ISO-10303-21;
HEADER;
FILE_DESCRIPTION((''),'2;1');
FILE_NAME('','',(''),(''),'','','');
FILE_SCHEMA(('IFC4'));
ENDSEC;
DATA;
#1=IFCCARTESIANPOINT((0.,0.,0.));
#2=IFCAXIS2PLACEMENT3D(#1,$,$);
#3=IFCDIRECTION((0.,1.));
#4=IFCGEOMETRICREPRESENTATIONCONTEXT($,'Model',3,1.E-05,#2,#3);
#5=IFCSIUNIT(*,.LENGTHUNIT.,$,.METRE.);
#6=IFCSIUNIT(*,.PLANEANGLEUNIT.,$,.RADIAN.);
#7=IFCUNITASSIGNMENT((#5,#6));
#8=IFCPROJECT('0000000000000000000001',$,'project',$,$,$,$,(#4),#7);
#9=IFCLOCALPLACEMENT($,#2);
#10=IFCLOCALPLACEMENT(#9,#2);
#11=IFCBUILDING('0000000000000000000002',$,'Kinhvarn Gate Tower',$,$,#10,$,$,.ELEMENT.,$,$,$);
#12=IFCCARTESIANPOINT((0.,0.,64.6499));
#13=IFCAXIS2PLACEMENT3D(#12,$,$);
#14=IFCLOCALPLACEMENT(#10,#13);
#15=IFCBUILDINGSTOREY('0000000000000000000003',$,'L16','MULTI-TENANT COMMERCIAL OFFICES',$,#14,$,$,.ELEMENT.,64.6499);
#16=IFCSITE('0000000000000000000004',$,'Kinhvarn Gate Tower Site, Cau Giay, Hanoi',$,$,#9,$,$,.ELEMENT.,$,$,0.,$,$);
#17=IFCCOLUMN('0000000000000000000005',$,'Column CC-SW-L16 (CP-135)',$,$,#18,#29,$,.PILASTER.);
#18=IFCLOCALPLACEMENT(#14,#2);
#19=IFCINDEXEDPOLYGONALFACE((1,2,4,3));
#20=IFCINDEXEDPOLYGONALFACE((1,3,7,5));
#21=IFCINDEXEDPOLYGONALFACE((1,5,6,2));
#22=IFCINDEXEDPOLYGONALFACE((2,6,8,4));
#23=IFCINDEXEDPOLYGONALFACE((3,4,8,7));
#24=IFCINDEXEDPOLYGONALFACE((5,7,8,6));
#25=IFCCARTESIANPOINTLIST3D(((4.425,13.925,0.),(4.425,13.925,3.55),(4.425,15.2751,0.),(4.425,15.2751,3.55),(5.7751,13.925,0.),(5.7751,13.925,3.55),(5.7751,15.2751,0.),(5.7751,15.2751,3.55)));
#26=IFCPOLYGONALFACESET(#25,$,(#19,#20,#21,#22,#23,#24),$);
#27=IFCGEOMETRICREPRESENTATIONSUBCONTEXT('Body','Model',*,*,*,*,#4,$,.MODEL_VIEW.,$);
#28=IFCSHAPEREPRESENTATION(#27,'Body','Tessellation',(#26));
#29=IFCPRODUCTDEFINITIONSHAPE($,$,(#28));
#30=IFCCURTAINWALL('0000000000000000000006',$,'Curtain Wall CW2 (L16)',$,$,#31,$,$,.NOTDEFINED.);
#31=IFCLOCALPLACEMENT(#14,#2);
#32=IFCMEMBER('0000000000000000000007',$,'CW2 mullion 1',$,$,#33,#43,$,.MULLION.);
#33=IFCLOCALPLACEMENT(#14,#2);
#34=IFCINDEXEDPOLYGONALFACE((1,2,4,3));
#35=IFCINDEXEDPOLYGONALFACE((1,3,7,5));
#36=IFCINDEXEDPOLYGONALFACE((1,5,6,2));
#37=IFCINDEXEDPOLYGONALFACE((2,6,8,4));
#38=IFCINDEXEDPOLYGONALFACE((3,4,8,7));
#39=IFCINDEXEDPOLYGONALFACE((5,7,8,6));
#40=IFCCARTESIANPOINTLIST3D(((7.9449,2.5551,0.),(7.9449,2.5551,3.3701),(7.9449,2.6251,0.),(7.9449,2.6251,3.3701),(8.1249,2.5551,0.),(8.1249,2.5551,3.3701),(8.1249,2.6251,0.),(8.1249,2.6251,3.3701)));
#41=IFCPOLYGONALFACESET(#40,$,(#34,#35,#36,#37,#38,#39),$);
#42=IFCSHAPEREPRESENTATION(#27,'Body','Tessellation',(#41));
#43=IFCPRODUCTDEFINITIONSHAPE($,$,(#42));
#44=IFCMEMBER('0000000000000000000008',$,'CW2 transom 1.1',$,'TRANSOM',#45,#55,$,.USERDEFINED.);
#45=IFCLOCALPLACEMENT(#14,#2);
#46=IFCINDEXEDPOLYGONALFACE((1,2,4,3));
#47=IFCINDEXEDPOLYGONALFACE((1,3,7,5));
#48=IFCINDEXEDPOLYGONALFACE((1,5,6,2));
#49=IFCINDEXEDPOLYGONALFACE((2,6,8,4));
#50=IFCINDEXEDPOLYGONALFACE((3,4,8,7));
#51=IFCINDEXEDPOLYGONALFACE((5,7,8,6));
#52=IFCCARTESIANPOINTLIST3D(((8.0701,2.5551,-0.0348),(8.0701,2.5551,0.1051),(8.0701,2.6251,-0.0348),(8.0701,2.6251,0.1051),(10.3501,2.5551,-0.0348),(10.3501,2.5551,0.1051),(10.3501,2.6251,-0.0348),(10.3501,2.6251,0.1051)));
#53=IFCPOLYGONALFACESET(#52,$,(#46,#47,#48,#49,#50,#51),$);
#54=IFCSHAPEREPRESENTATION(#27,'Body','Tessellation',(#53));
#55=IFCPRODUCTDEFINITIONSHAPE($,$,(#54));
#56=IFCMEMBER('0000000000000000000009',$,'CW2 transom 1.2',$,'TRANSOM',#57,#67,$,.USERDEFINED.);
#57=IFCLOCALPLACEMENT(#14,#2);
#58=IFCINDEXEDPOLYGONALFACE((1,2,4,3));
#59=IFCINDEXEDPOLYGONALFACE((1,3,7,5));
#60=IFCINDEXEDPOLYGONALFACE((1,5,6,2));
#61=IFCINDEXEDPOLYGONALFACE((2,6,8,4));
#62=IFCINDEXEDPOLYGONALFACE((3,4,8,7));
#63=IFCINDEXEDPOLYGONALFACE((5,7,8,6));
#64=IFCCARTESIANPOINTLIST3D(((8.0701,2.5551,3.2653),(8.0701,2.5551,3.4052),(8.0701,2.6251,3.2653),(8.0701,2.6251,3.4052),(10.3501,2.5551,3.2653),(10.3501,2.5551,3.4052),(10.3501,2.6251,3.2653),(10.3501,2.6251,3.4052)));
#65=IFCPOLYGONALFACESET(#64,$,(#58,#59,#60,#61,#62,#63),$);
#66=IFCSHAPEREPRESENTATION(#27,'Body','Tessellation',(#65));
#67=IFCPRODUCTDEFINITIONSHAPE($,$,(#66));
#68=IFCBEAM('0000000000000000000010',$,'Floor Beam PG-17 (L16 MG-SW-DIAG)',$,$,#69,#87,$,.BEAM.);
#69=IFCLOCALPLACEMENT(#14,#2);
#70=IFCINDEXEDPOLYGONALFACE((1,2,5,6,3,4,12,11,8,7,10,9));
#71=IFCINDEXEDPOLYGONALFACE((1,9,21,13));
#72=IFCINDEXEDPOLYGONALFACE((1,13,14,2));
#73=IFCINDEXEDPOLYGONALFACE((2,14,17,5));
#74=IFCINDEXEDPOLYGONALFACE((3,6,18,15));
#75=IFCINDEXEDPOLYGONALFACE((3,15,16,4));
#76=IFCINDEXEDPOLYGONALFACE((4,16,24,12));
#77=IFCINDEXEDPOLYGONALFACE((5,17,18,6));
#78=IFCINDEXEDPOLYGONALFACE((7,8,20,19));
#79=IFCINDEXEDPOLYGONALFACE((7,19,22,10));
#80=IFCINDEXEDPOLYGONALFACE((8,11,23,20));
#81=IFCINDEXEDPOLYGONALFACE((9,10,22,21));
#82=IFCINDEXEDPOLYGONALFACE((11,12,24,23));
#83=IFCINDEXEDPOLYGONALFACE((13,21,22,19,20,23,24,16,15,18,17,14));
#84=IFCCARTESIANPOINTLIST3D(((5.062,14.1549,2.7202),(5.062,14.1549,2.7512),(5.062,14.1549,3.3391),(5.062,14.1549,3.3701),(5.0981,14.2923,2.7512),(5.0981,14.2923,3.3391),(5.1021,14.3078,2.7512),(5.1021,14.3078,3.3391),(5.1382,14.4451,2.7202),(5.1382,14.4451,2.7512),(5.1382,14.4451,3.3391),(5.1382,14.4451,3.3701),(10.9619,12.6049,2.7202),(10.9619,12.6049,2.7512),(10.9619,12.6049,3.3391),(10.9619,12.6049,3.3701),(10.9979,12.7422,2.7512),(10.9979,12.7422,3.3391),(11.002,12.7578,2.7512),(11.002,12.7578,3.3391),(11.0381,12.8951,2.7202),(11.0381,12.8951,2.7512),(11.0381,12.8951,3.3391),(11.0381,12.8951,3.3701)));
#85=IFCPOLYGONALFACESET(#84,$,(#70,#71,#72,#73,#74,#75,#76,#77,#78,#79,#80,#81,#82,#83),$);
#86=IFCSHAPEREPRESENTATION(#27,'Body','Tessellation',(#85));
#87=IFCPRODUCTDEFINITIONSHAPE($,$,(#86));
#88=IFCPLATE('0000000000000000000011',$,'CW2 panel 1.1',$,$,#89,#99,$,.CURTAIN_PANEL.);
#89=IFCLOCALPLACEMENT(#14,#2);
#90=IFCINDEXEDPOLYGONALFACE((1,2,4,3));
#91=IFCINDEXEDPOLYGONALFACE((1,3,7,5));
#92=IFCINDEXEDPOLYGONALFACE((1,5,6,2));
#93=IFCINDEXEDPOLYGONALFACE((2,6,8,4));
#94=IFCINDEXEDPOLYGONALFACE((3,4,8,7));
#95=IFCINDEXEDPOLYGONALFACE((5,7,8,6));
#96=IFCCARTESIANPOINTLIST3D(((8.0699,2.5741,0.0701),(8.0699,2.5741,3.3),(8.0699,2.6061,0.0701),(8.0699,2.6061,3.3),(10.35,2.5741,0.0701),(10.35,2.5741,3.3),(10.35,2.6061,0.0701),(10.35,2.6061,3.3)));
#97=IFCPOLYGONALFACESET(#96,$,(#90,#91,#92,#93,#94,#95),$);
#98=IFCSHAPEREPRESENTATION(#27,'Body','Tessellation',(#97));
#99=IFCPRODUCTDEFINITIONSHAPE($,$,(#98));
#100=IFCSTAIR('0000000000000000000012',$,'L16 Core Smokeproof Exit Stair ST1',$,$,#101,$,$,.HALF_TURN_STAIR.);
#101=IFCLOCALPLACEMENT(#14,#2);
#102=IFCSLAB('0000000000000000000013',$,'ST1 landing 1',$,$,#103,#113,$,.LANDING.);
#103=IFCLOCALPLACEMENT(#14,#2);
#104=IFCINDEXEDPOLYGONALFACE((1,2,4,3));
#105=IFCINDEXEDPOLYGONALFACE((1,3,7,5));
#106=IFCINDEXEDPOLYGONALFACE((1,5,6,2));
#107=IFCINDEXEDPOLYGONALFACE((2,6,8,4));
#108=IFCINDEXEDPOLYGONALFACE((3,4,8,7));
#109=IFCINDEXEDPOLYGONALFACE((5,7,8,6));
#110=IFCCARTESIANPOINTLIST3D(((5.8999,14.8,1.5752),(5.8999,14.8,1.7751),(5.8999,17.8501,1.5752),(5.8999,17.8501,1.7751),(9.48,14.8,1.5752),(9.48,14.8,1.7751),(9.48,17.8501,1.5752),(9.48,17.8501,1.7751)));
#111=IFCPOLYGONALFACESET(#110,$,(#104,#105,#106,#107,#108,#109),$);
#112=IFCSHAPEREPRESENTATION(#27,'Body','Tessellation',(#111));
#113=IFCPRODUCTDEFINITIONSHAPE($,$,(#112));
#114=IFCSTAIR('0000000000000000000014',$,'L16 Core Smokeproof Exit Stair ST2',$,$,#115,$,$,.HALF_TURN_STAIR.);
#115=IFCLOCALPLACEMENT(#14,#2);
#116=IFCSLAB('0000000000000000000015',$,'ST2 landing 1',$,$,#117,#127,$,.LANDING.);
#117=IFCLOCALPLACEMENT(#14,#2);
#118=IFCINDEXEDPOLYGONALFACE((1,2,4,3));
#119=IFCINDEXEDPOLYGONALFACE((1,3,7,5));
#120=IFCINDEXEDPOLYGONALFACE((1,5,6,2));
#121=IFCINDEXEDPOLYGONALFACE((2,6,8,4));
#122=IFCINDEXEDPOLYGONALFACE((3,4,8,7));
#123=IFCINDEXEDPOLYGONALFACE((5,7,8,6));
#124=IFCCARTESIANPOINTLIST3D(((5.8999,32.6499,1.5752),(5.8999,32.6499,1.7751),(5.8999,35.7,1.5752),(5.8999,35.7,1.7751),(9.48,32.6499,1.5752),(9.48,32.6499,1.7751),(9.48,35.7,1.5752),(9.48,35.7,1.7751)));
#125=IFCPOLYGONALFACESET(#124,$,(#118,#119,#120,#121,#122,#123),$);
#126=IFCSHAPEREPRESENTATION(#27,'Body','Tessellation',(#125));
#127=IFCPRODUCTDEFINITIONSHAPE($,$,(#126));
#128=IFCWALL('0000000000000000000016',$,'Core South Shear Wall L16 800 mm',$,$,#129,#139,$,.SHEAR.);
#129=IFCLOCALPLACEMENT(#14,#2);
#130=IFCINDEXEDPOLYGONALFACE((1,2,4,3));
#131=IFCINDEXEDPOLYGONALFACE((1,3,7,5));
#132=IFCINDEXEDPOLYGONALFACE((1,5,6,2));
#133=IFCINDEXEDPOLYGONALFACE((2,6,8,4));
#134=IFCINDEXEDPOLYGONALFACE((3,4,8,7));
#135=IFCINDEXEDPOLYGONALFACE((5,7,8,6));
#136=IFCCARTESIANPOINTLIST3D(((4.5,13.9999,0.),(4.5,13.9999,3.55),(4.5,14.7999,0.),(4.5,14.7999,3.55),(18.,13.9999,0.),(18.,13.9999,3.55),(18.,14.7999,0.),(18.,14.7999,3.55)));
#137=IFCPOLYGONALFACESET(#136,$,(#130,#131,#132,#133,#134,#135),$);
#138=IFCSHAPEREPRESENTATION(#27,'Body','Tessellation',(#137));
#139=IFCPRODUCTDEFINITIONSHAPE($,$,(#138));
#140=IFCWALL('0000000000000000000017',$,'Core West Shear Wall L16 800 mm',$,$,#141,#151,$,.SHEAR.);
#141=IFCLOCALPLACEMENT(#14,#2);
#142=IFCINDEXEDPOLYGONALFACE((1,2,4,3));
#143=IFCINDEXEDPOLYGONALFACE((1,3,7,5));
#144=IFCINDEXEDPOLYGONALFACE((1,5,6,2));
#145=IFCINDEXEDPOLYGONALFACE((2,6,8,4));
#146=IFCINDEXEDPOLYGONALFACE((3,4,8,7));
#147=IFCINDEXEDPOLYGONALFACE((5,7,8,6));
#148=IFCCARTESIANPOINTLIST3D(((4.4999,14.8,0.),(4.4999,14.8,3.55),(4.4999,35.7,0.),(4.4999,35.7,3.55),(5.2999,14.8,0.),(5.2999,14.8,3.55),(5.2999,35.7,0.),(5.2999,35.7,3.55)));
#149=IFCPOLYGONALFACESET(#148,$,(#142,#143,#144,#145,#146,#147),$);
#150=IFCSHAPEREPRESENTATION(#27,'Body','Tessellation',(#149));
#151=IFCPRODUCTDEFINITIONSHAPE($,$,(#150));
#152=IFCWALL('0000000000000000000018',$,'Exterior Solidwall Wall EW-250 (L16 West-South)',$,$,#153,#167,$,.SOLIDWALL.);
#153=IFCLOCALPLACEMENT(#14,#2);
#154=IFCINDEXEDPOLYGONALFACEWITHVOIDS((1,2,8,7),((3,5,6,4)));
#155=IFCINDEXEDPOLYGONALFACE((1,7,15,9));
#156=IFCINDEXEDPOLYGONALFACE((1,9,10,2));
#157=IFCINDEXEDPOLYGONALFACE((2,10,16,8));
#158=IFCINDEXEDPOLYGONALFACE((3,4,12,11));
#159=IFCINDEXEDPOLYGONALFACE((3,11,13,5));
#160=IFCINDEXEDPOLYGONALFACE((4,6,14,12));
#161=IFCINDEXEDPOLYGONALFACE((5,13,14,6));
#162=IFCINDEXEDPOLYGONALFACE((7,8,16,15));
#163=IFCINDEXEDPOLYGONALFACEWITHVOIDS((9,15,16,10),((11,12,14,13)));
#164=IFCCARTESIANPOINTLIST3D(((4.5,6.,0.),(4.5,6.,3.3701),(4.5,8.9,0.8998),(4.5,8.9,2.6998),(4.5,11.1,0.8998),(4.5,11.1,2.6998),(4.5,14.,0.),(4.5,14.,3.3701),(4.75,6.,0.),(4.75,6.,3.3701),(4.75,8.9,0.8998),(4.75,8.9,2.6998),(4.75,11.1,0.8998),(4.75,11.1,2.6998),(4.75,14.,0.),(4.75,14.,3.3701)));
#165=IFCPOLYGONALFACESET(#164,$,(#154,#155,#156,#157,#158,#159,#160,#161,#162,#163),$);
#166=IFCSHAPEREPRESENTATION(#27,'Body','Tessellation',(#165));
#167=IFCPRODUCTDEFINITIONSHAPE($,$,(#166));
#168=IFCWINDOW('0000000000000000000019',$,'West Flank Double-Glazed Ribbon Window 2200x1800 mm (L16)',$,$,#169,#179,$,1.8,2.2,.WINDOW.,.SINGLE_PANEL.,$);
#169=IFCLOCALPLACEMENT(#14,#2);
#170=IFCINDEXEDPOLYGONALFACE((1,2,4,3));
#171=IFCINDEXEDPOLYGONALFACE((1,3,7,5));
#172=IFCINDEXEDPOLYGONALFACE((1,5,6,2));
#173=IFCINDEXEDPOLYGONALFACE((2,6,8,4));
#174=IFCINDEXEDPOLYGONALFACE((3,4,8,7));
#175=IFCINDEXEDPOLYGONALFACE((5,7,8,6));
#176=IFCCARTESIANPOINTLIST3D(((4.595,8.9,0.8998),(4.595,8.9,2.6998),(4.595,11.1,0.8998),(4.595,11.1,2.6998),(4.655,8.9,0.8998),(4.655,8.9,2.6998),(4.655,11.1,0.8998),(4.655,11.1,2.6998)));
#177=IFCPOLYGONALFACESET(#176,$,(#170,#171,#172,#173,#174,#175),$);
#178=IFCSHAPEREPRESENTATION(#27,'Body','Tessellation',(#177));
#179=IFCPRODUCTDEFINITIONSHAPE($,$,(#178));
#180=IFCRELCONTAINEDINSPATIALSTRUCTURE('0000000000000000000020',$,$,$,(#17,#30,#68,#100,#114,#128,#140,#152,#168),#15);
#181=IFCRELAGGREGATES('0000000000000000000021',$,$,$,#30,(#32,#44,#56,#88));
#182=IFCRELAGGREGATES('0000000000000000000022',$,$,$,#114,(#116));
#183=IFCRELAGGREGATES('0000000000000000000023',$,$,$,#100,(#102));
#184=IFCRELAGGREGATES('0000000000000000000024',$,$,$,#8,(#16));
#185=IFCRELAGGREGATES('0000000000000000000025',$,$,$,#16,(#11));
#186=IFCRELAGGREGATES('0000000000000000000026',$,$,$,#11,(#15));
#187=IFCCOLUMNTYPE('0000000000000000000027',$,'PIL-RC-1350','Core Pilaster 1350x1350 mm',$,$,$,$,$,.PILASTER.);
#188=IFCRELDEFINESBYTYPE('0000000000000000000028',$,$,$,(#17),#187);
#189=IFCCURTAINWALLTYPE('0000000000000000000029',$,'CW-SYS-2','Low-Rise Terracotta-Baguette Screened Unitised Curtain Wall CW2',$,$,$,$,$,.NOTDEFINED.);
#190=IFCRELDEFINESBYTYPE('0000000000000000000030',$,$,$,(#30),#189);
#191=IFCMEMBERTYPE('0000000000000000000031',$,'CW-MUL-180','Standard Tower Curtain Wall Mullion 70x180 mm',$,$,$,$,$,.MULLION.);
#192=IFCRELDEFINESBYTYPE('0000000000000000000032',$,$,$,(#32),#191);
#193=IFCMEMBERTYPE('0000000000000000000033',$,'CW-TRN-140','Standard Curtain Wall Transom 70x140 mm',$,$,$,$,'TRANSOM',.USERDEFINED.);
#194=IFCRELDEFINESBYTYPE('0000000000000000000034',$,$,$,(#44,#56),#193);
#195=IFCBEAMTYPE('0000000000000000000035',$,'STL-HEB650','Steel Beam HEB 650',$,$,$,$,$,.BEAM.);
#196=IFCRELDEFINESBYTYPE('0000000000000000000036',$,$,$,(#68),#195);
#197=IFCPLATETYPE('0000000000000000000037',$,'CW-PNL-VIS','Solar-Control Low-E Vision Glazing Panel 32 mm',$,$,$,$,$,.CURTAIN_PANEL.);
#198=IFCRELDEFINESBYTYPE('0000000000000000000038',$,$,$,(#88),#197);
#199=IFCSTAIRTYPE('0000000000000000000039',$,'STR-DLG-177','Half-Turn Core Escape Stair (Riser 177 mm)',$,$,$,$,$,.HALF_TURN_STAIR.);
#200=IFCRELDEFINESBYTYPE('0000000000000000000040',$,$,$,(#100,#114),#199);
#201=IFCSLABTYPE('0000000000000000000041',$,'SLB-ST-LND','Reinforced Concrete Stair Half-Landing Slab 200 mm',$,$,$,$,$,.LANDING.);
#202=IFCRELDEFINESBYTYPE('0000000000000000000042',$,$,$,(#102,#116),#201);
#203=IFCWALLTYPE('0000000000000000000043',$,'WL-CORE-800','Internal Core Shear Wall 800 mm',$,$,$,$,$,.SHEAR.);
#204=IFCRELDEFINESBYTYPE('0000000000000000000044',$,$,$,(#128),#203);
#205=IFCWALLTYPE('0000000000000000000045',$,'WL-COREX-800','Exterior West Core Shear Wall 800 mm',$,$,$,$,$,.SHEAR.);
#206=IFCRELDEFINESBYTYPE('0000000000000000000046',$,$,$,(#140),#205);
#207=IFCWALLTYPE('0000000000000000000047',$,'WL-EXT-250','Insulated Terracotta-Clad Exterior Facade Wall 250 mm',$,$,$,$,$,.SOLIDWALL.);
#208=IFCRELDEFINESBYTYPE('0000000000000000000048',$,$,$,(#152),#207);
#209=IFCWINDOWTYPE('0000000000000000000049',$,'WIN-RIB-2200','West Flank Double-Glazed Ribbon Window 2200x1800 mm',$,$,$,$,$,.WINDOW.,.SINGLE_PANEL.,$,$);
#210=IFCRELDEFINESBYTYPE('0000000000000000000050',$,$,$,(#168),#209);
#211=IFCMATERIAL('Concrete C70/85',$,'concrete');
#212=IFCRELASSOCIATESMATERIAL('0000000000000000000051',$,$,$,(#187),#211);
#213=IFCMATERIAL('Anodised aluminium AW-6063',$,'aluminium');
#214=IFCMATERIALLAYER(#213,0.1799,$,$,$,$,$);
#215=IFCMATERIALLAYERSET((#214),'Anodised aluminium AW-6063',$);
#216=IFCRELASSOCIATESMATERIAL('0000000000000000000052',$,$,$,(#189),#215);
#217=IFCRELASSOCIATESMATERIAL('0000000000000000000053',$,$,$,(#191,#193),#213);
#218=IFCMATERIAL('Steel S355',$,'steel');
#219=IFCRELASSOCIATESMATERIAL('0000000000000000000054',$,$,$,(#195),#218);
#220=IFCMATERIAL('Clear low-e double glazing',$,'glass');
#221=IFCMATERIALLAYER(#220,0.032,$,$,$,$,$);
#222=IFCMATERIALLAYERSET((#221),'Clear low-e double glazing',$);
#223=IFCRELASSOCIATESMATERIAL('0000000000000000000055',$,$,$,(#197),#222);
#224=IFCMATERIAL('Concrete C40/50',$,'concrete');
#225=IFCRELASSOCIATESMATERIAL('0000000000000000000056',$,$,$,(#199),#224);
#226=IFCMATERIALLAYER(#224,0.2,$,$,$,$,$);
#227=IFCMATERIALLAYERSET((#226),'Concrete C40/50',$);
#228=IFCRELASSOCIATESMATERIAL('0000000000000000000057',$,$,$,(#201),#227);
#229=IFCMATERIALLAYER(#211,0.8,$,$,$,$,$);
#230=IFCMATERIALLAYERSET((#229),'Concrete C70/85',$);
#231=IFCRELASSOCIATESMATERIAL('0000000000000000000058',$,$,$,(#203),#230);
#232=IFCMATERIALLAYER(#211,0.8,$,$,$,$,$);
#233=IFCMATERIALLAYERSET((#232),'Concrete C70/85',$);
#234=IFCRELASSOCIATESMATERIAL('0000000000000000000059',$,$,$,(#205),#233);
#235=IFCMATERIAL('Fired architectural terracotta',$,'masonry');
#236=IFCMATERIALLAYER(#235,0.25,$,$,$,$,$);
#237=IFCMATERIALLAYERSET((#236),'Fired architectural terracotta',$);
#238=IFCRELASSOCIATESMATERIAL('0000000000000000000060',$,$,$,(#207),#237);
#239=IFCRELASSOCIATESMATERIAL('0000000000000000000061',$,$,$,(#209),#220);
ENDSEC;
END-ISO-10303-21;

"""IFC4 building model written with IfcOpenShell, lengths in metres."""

from ifc_helpers import new_model, si_unit, direction, frame, frame_2d, origin, origin_2d, place, context, subcontext, project, spatial, polyline, rectangle, i_section, outline, extrude, material, layer, layer_set, material_profile, profile_set, type_object, element, fill, aggregate, save


model = new_model("IFC4")

# Units and contexts
model_context = context("Model", 3, precision=1e-05, world=origin(), true_north=direction((0.0, 1.0)))
body_context = subcontext(model_context, "Body", "Model", "MODEL_VIEW")
ifc_project = project(units=[si_unit("LENGTHUNIT", "METRE"), si_unit("PLANEANGLEUNIT", "RADIAN")], contexts=[model_context])

# Site, building, storey
site_placement = place(None, origin())
site = spatial("IfcSite", under=ifc_project, at=site_placement, Name="Kinhvarn Gate Tower Site, Cau Giay, Hanoi", CompositionType="ELEMENT", RefElevation=0.0)
building_placement = place(site_placement, origin())
building = spatial("IfcBuilding", under=site, at=building_placement, Name="Kinhvarn Gate Tower", CompositionType="ELEMENT")
storey_placement = place(building_placement, frame((0.0, 0.0, 64.6499)))
storey = spatial("IfcBuildingStorey", under=building, at=storey_placement, Name="L16", Description="MULTI-TENANT COMMERCIAL OFFICES", CompositionType="ELEMENT", Elevation=64.6499)

# Column
ifc_material_1 = material(Name="Concrete C70/85", Category="concrete")
ifc_material_profile_1 = material_profile(ifc_material_1, rectangle(XDim=1.3501, YDim=1.3501, at=origin_2d()), Name="RC 1350x1350")
ifc_profile_set_1 = profile_set([ifc_material_profile_1], Name="Concrete C70/85")
column_type = type_object("IfcColumnType", Name="PIL-RC-1350", Description="Core Pilaster 1350x1350 mm", PredefinedType="PILASTER", material=ifc_profile_set_1)
column_placement = place(storey_placement, frame((5.1001, 14.6001, 0.0), z_axis=(0.0, 0.0, 1.0), x_axis=(1.0, 0.0, 0.0)))
element("IfcColumn", 1, at=column_placement, inside=storey, type_object=column_type, Name="Column CC-SW-L16 (CP-135)", PredefinedType="PILASTER", context=body_context, shape_type="SweptSolid", body=[
    extrude(rectangle(XDim=1.3501, YDim=1.3501, at=origin_2d()), origin(), (0.0, 0.0, 1.0), 3.55),
])

# Curtain wall, members
ifc_material_2 = material(Name="Anodised aluminium AW-6063", Category="aluminium")
ifc_layer_1 = layer(ifc_material_2, 0.1799)
ifc_layer_set_1 = layer_set([ifc_layer_1], Name="Anodised aluminium AW-6063")
curtain_wall_type = type_object("IfcCurtainWallType", Name="CW-SYS-2", Description="Low-Rise Terracotta-Baguette Screened Unitised Curtain Wall CW2", PredefinedType="NOTDEFINED", material=ifc_layer_set_1)
curtain_wall_placement = place(storey_placement, origin())
curtain_wall = element("IfcCurtainWall", 2, at=curtain_wall_placement, inside=storey, type_object=curtain_wall_type, Name="Curtain Wall CW2 (L16)", PredefinedType="NOTDEFINED")
ifc_material_profile_2 = material_profile(ifc_material_2, rectangle(XDim=0.0701, YDim=0.1799, at=origin_2d()), Name="ALU 70x180")
ifc_profile_set_2 = profile_set([ifc_material_profile_2], Name="Anodised aluminium AW-6063")
member_type_1 = type_object("IfcMemberType", Name="CW-MUL-180", Description="Standard Tower Curtain Wall Mullion 70x180 mm", PredefinedType="MULLION", material=ifc_profile_set_2)
member_1_placement = place(storey_placement, frame((8.0349, 2.5901, 0.0), z_axis=(0.0, 0.0, 1.0), x_axis=(0.0, 1.0, 0.0)))
member_1 = element("IfcMember", 3, at=member_1_placement, type_object=member_type_1, Name="CW2 mullion 1", PredefinedType="MULLION", context=body_context, shape_type="SweptSolid", body=[
    extrude(rectangle(XDim=0.0701, YDim=0.1799, at=origin_2d()), origin(), (0.0, 0.0, 1.0), 3.3701),
])
ifc_material_profile_3 = material_profile(ifc_material_2, rectangle(XDim=0.0701, YDim=0.1399, at=origin_2d()), Name="ALU 70x140")
ifc_profile_set_3 = profile_set([ifc_material_profile_3], Name="Anodised aluminium AW-6063")
member_type_2 = type_object("IfcMemberType", Name="CW-TRN-140", Description="Standard Curtain Wall Transom 70x140 mm", ElementType="TRANSOM", PredefinedType="USERDEFINED", material=ifc_profile_set_3)
member_2_placement = place(storey_placement, frame((8.0701, 2.5901, 0.0352), z_axis=(1.0, 0.0, 0.0), x_axis=(0.0, 1.0, 0.0)))
member_2 = element("IfcMember", 4, at=member_2_placement, type_object=member_type_2, Name="CW2 transom 1.1", ObjectType="TRANSOM", PredefinedType="USERDEFINED", context=body_context, shape_type="SweptSolid", body=[
    extrude(rectangle(XDim=0.0701, YDim=0.1399, at=origin_2d()), origin(), (0.0, 0.0, 1.0), 2.28),
])
member_3_placement = place(storey_placement, frame((8.0701, 2.5901, 3.3352), z_axis=(1.0, 0.0, 0.0), x_axis=(0.0, 1.0, 0.0)))
member_3 = element("IfcMember", 5, at=member_3_placement, type_object=member_type_2, Name="CW2 transom 1.2", ObjectType="TRANSOM", PredefinedType="USERDEFINED", context=body_context, shape_type="SweptSolid", body=[
    extrude(rectangle(XDim=0.0701, YDim=0.1399, at=origin_2d()), origin(), (0.0, 0.0, 1.0), 2.28),
])

# Beam
ifc_material_3 = material(Name="Steel S355", Category="steel")
ifc_material_profile_4 = material_profile(ifc_material_3, i_section(OverallWidth=0.3, OverallDepth=0.6499, WebThickness=0.0161, FlangeThickness=0.031, at=origin_2d()), Name="HEB 650")
ifc_profile_set_4 = profile_set([ifc_material_profile_4], Name="Steel S355")
beam_type = type_object("IfcBeamType", Name="STL-HEB650", Description="Steel Beam HEB 650", PredefinedType="BEAM", material=ifc_profile_set_4)
beam_placement = place(storey_placement, frame((5.1001, 14.3, 3.0452), z_axis=(0.967178, -0.254101, 0.0), x_axis=(0.254101, 0.967178, 0.0)))
element("IfcBeam", 6, at=beam_placement, inside=storey, type_object=beam_type, Name="Floor Beam PG-17 (L16 MG-SW-DIAG)", PredefinedType="BEAM", context=body_context, shape_type="SweptSolid", body=[
    extrude(i_section(OverallWidth=0.3, OverallDepth=0.6499, WebThickness=0.0161, FlangeThickness=0.031, at=origin_2d()), origin(), (0.0, 0.0, 1.0), 6.1001),
])

# Plate
ifc_material_4 = material(Name="Clear low-e double glazing", Category="glass")
ifc_layer_2 = layer(ifc_material_4, 0.032)
ifc_layer_set_2 = layer_set([ifc_layer_2], Name="Clear low-e double glazing")
plate_type = type_object("IfcPlateType", Name="CW-PNL-VIS", Description="Solar-Control Low-E Vision Glazing Panel 32 mm", PredefinedType="CURTAIN_PANEL", material=ifc_layer_set_2)
plate_placement = place(storey_placement, frame((9.21, 2.5901, 0.0701), z_axis=(0.0, 0.0, 1.0), x_axis=(1.0, 0.0, 0.0)))
plate = element("IfcPlate", 7, at=plate_placement, type_object=plate_type, Name="CW2 panel 1.1", PredefinedType="CURTAIN_PANEL", context=body_context, shape_type="SweptSolid", body=[
    extrude(rectangle(XDim=2.28, YDim=0.032, at=origin_2d()), origin(), (0.0, 0.0, 1.0), 3.23),
])
aggregate(curtain_wall, [member_1, member_2, member_3, plate])

# Stairs, slabs
ifc_material_5 = material(Name="Concrete C40/50", Category="concrete")
stair_type = type_object("IfcStairType", Name="STR-DLG-177", Description="Half-Turn Core Escape Stair (Riser 177 mm)", PredefinedType="HALF_TURN_STAIR", material=ifc_material_5)
stair_1_placement = place(storey_placement, origin())
stair_1 = element("IfcStair", 8, at=stair_1_placement, inside=storey, type_object=stair_type, Name="L16 Core Smokeproof Exit Stair ST1", PredefinedType="HALF_TURN_STAIR")
ifc_layer_3 = layer(ifc_material_5, 0.2)
ifc_layer_set_3 = layer_set([ifc_layer_3], Name="Concrete C40/50")
slab_type = type_object("IfcSlabType", Name="SLB-ST-LND", Description="Reinforced Concrete Stair Half-Landing Slab 200 mm", PredefinedType="LANDING", material=ifc_layer_set_3)
slab_1_placement = place(storey_placement, frame((0.0, 0.0, 1.5752)))
slab_1 = element("IfcSlab", 9, at=slab_1_placement, type_object=slab_type, Name="ST1 landing 1", PredefinedType="LANDING", context=body_context, shape_type="SweptSolid", body=[
    extrude(outline(polyline([(9.48, 17.8501), (5.8999, 17.8501), (5.8999, 14.8), (9.48, 14.8), (9.48, 17.8501)])), origin(), (0.0, 0.0, 1.0), 0.2),
])
stair_2_placement = place(storey_placement, origin())
stair_2 = element("IfcStair", 10, at=stair_2_placement, inside=storey, type_object=stair_type, Name="L16 Core Smokeproof Exit Stair ST2", PredefinedType="HALF_TURN_STAIR")
slab_2_placement = place(storey_placement, frame((0.0, 0.0, 1.5752)))
slab_2 = element("IfcSlab", 11, at=slab_2_placement, type_object=slab_type, Name="ST2 landing 1", PredefinedType="LANDING", context=body_context, shape_type="SweptSolid", body=[
    extrude(outline(polyline([(9.48, 35.7), (5.8999, 35.7), (5.8999, 32.6499), (9.48, 32.6499), (9.48, 35.7)])), origin(), (0.0, 0.0, 1.0), 0.2),
])
aggregate(stair_2, [slab_2])

# Walls
ifc_layer_4 = layer(ifc_material_1, 0.8)
ifc_layer_set_4 = layer_set([ifc_layer_4], Name="Concrete C70/85")
wall_type_1 = type_object("IfcWallType", Name="WL-CORE-800", Description="Internal Core Shear Wall 800 mm", PredefinedType="SHEAR", material=ifc_layer_set_4)
wall_1_placement = place(storey_placement, frame((4.5, 14.3999, 0.0), z_axis=(0.0, 0.0, 1.0), x_axis=(1.0, 0.0, 0.0)))
element("IfcWall", 12, at=wall_1_placement, inside=storey, type_object=wall_type_1, Name="Core South Shear Wall L16 800 mm", PredefinedType="SHEAR", context=body_context, shape_type="SweptSolid", body=[
    extrude(rectangle(XDim=13.5, YDim=0.8, at=frame_2d((6.75, 0.0))), origin(), (0.0, 0.0, 1.0), 3.55),
])
ifc_layer_5 = layer(ifc_material_1, 0.8)
ifc_layer_set_5 = layer_set([ifc_layer_5], Name="Concrete C70/85")
wall_type_2 = type_object("IfcWallType", Name="WL-COREX-800", Description="Exterior West Core Shear Wall 800 mm", PredefinedType="SHEAR", material=ifc_layer_set_5)
wall_2_placement = place(storey_placement, frame((4.8999, 14.8, 0.0), z_axis=(0.0, 0.0, 1.0), x_axis=(0.0, 1.0, 0.0)))
element("IfcWall", 13, at=wall_2_placement, inside=storey, type_object=wall_type_2, Name="Core West Shear Wall L16 800 mm", PredefinedType="SHEAR", context=body_context, shape_type="SweptSolid", body=[
    extrude(rectangle(XDim=20.8999, YDim=0.8, at=frame_2d((10.45, 0.0))), origin(), (0.0, 0.0, 1.0), 3.55),
])

# Wall, opening, window
ifc_material_6 = material(Name="Fired architectural terracotta", Category="masonry")
ifc_layer_6 = layer(ifc_material_6, 0.25)
ifc_layer_set_6 = layer_set([ifc_layer_6], Name="Fired architectural terracotta")
wall_type_3 = type_object("IfcWallType", Name="WL-EXT-250", Description="Insulated Terracotta-Clad Exterior Facade Wall 250 mm", PredefinedType="SOLIDWALL", material=ifc_layer_set_6)
wall_3_placement = place(storey_placement, frame((4.625, 14.0, 0.0), z_axis=(0.0, 0.0, 1.0), x_axis=(0.0, -1.0, 0.0)))
wall_3 = element("IfcWall", 14, at=wall_3_placement, inside=storey, type_object=wall_type_3, Name="Exterior Solidwall Wall EW-250 (L16 West-South)", PredefinedType="SOLIDWALL", context=body_context, shape_type="SweptSolid", body=[
    extrude(rectangle(XDim=8.0, YDim=0.25, at=frame_2d((4.0, 0.0))), origin(), (0.0, 0.0, 1.0), 3.3701),
])
opening_1_placement = place(wall_3_placement, frame((2.8999, 0.0, 0.8999)))
opening_1 = element("IfcOpeningElement", 15, at=opening_1_placement, cuts=wall_3, PredefinedType="OPENING", context=body_context, shape_type="SweptSolid", body=[
    extrude(rectangle(XDim=2.2, YDim=1.8, at=frame_2d((1.1001, 0.8999))), frame((0.0, 0.135, 0.0), z_axis=(0.0, -1.0, 0.0), x_axis=(1.0, 0.0, 0.0)), (0.0, 0.0, 1.0), 0.27),
])
window_type_1 = type_object("IfcWindowType", Name="WIN-RIB-2200", Description="West Flank Double-Glazed Ribbon Window 2200x1800 mm", PartitioningType="SINGLE_PANEL", PredefinedType="WINDOW", material=ifc_material_4)
window_1_placement = place(opening_1_placement, origin())
window_1 = element("IfcWindow", 16, at=window_1_placement, inside=storey, type_object=window_type_1, Name="West Flank Double-Glazed Ribbon Window 2200x1800 mm (L16)", OverallHeight=1.8, OverallWidth=2.2, PartitioningType="SINGLE_PANEL", PredefinedType="WINDOW", context=body_context, shape_type="SweptSolid", body=[
    extrude(rectangle(XDim=2.2, YDim=1.8, at=frame_2d((1.1001, 0.8999))), frame((0.0, 0.03, 0.0), z_axis=(0.0, -1.0, 0.0), x_axis=(1.0, 0.0, 0.0)), (0.0, 0.0, 1.0), 0.0601),
])
fill(opening_1, window_1)

aggregate(stair_1, [slab_1])

save(model, "model.ifc")
